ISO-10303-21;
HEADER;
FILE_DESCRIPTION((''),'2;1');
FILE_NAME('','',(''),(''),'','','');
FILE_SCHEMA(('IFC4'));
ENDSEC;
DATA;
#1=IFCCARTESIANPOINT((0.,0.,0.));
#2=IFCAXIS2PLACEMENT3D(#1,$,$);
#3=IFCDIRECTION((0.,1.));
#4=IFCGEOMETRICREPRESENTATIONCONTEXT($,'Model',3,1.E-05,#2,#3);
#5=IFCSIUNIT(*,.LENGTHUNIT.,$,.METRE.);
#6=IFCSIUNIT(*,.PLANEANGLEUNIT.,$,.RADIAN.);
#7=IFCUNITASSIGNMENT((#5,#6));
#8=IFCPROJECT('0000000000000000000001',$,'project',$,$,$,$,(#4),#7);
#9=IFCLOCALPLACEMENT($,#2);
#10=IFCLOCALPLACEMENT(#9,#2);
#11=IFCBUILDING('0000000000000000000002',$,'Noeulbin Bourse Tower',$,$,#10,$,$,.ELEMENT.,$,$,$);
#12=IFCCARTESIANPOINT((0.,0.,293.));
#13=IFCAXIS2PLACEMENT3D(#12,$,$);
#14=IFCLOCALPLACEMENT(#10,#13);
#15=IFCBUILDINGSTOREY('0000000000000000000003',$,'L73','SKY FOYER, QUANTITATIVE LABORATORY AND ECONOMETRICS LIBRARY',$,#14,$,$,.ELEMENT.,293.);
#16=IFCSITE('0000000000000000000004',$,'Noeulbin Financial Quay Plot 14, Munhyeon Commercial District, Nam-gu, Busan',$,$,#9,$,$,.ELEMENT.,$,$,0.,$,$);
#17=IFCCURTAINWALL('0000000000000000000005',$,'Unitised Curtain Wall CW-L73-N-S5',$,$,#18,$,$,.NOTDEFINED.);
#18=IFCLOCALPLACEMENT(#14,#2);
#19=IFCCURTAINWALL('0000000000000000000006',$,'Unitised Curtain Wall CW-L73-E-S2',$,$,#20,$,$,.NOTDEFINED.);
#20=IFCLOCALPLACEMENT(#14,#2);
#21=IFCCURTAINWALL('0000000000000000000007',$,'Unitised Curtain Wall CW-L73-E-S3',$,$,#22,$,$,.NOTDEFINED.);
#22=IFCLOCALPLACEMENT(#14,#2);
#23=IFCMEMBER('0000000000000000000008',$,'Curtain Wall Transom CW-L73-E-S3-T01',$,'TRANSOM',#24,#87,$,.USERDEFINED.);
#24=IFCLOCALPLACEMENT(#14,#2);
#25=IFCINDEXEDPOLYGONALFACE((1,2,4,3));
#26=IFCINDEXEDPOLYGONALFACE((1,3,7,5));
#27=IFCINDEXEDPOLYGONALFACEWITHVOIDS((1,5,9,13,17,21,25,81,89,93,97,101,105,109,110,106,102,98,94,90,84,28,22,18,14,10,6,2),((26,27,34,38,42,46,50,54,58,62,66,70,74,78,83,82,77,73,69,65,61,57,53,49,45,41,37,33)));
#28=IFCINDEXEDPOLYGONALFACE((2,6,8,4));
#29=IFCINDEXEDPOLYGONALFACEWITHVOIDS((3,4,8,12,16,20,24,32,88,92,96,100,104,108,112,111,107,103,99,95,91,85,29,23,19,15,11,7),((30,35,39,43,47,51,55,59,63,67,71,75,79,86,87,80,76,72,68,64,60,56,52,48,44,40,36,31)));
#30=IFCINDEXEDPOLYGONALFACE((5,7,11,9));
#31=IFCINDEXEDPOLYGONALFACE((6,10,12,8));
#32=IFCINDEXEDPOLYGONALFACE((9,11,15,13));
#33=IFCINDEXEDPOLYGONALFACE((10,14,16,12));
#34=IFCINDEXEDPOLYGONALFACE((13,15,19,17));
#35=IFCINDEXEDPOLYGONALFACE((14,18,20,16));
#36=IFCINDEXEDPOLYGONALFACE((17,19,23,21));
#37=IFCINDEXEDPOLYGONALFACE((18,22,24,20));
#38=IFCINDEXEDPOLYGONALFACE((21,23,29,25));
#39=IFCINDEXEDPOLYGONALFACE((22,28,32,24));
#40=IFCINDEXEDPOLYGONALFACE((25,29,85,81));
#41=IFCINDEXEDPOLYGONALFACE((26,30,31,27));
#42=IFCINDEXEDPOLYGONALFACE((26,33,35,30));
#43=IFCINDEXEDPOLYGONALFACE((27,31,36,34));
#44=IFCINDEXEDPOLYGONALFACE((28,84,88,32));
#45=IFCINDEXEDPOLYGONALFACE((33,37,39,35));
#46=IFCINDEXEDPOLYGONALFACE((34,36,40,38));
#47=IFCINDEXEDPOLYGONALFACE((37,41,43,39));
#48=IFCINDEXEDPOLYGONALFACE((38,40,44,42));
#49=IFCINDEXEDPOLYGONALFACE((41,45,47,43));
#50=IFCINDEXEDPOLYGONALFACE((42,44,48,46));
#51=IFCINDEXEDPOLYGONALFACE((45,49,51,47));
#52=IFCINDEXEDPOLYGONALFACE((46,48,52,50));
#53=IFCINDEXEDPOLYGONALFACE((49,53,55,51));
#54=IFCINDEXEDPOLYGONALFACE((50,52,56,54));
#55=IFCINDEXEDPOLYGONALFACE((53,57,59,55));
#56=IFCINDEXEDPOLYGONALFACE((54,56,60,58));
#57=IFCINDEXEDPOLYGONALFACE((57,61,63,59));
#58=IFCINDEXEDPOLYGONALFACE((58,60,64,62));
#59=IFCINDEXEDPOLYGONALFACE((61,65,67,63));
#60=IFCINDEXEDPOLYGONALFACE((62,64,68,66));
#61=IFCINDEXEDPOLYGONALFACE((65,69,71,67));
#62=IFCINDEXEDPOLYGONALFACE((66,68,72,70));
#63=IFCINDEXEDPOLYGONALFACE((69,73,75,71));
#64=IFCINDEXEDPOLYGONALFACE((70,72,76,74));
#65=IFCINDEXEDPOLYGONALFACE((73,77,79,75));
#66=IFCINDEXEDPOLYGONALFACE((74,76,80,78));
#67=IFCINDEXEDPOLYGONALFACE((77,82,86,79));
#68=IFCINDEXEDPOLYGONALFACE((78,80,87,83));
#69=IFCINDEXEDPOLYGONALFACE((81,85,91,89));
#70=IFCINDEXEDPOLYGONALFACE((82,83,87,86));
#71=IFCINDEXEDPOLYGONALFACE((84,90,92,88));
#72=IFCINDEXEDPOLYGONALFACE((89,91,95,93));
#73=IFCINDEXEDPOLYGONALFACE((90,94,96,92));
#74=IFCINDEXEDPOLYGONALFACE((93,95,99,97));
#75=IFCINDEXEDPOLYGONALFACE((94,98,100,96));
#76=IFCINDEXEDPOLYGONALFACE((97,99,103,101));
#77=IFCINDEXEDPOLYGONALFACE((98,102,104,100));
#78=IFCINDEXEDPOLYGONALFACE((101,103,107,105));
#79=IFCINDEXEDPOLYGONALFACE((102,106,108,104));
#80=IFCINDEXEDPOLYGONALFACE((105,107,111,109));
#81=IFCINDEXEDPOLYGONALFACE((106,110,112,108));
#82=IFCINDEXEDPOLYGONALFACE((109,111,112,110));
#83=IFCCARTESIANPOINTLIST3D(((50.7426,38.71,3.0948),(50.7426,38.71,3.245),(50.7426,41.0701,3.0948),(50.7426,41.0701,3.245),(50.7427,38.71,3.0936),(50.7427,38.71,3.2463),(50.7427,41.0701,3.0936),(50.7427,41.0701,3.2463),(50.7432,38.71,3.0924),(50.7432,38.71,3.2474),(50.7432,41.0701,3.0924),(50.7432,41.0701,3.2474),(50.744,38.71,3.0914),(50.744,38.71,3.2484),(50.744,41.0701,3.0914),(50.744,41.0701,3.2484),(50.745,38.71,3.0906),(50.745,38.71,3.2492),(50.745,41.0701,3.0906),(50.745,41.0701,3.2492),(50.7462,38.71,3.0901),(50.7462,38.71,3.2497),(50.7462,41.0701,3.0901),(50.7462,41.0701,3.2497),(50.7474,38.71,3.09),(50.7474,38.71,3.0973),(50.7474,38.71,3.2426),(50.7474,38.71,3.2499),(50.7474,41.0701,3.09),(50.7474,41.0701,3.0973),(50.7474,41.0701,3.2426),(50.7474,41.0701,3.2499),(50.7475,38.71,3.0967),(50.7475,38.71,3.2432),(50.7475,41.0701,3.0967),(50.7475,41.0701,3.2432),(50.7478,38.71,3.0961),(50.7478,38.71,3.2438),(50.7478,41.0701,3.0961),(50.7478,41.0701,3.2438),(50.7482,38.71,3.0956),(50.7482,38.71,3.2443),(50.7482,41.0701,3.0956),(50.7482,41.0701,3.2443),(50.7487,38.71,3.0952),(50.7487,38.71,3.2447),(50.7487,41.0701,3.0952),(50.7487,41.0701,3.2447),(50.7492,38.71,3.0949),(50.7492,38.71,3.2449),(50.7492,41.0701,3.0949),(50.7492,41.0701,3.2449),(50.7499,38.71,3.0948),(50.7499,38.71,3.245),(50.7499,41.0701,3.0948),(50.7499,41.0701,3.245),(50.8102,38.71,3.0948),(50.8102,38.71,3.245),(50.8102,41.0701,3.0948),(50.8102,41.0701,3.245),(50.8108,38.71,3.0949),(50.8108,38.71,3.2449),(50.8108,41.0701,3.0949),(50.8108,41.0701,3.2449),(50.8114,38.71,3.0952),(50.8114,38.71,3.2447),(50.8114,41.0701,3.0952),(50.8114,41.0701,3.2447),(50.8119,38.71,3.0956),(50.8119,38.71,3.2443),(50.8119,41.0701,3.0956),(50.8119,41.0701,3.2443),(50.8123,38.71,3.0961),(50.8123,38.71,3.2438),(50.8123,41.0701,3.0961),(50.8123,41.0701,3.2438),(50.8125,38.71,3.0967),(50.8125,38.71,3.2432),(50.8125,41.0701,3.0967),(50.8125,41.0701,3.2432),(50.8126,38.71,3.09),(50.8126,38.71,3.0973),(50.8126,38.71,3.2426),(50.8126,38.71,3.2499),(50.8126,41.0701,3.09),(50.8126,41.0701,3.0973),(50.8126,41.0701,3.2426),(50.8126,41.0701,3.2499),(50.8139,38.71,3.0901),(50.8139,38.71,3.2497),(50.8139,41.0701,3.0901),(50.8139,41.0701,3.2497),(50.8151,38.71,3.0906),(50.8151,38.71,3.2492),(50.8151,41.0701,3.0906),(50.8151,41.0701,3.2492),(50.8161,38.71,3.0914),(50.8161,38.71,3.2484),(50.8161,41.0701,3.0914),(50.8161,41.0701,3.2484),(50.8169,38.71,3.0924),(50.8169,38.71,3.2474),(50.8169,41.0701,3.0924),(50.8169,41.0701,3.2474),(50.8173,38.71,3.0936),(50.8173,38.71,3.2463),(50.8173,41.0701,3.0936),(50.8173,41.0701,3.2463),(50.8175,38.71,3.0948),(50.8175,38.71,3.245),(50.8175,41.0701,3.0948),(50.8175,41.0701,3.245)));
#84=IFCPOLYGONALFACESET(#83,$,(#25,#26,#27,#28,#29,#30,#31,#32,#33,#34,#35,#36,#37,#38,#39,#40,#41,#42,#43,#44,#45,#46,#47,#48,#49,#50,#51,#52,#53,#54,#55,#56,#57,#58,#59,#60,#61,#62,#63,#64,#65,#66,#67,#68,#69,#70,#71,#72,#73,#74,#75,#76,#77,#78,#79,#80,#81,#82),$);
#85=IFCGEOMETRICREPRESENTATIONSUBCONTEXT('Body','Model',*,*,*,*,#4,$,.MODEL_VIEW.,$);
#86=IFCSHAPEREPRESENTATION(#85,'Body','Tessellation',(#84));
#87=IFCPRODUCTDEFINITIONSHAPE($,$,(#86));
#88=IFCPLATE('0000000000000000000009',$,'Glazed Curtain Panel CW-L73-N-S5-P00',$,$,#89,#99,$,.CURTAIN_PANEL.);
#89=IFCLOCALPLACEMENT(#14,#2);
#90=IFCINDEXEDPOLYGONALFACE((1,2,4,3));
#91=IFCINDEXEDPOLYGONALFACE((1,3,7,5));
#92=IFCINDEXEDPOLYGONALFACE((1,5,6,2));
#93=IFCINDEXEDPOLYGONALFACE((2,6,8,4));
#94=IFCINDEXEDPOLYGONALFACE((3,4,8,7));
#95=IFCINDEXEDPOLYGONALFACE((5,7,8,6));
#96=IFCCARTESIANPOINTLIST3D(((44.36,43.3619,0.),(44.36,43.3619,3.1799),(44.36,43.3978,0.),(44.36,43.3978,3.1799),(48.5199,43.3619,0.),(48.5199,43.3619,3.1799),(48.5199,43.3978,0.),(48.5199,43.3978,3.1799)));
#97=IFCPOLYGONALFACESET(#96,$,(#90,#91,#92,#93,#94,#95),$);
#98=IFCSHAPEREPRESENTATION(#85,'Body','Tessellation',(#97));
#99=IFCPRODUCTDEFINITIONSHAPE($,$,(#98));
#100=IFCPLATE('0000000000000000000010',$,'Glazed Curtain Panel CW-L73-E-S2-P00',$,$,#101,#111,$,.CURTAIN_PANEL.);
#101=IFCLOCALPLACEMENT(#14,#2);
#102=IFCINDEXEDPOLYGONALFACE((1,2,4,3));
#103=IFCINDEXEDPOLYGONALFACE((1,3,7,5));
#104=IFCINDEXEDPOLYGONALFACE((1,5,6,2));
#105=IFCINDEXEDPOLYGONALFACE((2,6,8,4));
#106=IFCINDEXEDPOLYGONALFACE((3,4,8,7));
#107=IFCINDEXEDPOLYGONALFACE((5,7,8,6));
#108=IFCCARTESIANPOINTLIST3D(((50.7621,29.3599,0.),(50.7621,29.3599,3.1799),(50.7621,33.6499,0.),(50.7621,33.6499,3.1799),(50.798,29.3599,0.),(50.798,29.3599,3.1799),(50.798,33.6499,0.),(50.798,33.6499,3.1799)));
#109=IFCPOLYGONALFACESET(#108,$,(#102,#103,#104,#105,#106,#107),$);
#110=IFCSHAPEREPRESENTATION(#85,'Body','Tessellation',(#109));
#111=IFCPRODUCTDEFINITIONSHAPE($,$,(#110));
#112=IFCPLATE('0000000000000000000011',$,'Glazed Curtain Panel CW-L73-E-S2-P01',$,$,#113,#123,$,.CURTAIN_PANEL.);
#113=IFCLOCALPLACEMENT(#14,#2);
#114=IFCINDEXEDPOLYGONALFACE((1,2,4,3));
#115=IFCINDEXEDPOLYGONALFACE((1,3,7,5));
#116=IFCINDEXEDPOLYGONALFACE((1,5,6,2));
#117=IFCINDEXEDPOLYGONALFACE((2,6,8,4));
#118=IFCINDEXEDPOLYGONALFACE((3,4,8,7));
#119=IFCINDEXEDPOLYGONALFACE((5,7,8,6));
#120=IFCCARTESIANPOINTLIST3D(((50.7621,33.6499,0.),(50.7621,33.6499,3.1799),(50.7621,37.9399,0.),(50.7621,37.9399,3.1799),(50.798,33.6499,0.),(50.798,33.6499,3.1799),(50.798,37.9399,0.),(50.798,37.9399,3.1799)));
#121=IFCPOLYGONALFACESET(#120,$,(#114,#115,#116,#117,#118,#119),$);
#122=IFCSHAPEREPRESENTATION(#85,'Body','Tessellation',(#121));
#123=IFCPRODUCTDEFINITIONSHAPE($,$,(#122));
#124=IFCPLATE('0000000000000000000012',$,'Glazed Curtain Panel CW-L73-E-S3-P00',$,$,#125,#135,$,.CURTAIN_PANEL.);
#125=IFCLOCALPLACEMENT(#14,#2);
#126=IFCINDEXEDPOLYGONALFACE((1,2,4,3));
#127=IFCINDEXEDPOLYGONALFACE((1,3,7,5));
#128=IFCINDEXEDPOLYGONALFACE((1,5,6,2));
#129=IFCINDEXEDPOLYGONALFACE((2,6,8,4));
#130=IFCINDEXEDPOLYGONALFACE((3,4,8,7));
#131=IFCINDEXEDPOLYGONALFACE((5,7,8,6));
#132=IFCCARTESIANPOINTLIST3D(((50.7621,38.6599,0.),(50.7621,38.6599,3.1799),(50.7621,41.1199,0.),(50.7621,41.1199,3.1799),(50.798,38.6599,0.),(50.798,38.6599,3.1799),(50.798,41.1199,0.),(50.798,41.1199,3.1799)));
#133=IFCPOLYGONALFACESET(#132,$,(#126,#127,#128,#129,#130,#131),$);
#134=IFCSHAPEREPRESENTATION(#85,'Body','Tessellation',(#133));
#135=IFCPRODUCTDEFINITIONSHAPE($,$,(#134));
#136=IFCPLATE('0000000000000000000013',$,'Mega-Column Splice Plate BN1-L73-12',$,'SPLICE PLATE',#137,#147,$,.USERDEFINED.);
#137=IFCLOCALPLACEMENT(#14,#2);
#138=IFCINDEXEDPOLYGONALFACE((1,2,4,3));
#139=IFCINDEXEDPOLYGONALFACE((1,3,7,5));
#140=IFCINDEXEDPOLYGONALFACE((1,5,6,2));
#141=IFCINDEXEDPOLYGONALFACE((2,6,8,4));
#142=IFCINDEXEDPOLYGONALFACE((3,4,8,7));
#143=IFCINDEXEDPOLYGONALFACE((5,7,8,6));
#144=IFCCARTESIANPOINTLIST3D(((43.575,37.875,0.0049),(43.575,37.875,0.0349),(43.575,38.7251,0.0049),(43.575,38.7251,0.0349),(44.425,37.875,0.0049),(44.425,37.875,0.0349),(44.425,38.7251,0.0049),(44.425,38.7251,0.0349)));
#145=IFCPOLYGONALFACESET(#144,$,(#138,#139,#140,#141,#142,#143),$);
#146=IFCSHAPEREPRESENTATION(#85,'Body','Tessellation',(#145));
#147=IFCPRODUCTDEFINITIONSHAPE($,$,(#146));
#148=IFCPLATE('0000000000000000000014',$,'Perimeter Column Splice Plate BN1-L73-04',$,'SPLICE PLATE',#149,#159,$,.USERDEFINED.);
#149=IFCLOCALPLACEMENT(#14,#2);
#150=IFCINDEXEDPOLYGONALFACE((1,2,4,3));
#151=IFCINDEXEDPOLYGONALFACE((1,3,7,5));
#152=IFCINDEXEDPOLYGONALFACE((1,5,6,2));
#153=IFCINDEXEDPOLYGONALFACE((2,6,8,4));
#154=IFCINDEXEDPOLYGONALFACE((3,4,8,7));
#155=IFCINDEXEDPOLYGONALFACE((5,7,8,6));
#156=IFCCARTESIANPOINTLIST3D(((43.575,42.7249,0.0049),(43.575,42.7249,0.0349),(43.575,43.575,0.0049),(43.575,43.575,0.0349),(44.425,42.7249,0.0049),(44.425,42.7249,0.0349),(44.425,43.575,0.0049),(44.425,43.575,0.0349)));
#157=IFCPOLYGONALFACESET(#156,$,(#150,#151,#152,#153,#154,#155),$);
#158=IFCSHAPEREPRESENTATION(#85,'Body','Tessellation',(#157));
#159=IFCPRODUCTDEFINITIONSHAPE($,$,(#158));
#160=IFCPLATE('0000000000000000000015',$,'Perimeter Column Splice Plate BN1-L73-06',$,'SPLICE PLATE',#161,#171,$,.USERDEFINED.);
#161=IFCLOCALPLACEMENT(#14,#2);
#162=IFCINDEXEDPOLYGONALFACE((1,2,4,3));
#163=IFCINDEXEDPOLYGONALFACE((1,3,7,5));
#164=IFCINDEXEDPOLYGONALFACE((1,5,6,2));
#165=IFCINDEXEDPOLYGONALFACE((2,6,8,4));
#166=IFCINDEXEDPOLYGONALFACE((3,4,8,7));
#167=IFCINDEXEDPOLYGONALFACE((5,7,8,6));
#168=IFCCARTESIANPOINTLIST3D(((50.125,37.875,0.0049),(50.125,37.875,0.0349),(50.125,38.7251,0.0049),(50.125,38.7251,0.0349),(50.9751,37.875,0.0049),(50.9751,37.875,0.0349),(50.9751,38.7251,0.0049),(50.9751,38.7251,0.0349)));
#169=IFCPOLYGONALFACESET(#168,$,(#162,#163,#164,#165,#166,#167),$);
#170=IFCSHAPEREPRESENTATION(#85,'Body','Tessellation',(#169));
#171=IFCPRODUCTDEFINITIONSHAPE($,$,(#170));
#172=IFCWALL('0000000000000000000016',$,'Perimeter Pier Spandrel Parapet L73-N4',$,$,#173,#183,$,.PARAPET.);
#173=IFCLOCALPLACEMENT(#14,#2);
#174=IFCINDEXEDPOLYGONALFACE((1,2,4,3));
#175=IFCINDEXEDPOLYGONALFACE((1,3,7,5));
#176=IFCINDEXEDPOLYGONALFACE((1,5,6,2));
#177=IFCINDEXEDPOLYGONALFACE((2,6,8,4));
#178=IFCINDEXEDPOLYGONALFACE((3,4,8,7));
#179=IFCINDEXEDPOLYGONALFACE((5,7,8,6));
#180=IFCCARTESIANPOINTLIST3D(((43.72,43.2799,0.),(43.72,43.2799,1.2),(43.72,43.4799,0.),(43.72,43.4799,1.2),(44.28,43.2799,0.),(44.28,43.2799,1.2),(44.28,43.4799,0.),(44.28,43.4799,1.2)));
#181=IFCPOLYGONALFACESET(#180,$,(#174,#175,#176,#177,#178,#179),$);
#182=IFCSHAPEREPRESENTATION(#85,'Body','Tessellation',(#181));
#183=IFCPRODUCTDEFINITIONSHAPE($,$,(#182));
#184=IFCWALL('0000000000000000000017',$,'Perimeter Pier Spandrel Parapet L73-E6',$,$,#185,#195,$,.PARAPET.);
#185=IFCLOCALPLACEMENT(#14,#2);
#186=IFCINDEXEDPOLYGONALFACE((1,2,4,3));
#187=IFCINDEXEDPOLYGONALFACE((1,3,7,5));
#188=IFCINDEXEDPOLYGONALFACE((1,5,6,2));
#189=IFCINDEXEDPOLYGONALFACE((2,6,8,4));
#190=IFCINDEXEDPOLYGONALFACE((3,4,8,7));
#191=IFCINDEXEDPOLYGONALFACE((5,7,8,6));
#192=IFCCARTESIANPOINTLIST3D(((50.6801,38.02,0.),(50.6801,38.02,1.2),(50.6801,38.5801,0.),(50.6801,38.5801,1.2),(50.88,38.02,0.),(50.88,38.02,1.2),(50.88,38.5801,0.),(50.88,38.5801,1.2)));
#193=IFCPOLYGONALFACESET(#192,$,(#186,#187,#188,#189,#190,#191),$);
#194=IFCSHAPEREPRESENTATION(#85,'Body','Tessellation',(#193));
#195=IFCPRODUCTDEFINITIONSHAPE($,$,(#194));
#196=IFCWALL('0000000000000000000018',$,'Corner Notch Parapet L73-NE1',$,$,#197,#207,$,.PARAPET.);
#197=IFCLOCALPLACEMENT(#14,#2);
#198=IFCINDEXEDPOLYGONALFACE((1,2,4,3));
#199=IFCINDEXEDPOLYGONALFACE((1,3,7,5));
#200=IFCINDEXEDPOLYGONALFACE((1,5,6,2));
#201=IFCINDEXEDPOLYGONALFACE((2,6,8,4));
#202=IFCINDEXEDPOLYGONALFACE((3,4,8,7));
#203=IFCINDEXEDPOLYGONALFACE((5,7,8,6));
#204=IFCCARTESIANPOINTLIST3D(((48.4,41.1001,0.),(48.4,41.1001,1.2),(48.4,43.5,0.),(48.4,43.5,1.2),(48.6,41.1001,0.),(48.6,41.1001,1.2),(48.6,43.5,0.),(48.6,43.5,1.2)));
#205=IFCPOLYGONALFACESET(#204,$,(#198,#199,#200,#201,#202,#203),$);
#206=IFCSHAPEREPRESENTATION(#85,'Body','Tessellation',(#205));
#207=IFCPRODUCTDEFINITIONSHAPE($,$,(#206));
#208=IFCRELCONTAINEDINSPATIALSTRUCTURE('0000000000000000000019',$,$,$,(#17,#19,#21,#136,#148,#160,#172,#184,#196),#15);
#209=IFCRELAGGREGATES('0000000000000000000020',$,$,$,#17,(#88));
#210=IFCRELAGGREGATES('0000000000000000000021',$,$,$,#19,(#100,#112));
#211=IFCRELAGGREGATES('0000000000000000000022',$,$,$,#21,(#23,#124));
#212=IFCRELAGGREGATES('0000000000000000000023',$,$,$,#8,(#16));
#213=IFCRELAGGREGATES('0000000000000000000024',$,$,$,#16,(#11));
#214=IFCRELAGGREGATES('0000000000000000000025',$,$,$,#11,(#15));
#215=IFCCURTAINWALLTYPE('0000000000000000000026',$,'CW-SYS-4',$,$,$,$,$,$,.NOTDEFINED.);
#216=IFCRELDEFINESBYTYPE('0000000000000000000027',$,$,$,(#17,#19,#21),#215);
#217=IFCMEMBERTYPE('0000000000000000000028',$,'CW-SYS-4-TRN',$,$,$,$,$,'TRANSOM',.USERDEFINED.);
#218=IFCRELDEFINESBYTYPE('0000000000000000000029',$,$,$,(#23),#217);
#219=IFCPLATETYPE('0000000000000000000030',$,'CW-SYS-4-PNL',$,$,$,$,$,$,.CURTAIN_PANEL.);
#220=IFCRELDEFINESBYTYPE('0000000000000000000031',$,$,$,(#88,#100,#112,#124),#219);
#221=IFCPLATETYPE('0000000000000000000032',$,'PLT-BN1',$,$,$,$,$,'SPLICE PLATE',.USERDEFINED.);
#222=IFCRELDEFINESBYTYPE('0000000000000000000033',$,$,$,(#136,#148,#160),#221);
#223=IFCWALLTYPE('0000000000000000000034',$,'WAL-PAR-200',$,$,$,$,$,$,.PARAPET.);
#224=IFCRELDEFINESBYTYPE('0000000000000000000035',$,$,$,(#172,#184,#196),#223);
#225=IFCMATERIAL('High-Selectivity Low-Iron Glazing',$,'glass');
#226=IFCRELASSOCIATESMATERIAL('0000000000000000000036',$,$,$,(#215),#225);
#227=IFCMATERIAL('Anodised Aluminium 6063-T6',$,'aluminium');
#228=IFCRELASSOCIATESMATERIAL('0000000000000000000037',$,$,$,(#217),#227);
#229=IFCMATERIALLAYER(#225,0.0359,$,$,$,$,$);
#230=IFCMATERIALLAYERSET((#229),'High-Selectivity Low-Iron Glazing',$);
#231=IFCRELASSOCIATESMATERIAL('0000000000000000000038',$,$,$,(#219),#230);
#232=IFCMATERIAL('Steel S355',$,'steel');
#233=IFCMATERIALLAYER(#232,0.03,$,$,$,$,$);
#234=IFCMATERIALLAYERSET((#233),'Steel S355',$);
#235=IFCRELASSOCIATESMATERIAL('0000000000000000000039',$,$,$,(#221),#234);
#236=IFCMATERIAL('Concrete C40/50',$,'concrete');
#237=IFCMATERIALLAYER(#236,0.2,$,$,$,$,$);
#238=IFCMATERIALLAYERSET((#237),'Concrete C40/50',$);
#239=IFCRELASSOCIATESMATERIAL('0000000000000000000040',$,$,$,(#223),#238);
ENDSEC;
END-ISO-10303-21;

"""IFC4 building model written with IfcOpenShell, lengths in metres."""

from ifc_helpers import new_model, si_unit, direction, frame, frame_2d, origin, origin_2d, place, context, subcontext, project, spatial, rectangle, hollow_rectangle, extrude, material, layer, layer_set, material_profile, profile_set, type_object, element, aggregate, save


model = new_model("IFC4")

# Units and contexts
model_context = context("Model", 3, precision=1e-05, world=origin(), true_north=direction((0.0, 1.0)))
body_context = subcontext(model_context, "Body", "Model", "MODEL_VIEW")
ifc_project = project(units=[si_unit("LENGTHUNIT", "METRE"), si_unit("PLANEANGLEUNIT", "RADIAN")], contexts=[model_context])

# Site, building, storey
site_placement = place(None, origin())
site = spatial("IfcSite", under=ifc_project, at=site_placement, Name="Noeulbin Financial Quay Plot 14, Munhyeon Commercial District, Nam-gu, Busan", CompositionType="ELEMENT", RefElevation=0.0)
building_placement = place(site_placement, origin())
building = spatial("IfcBuilding", under=site, at=building_placement, Name="Noeulbin Bourse Tower", CompositionType="ELEMENT")
storey_placement = place(building_placement, frame((0.0, 0.0, 293.0)))
storey = spatial("IfcBuildingStorey", under=building, at=storey_placement, Name="L73", Description="SKY FOYER, QUANTITATIVE LABORATORY AND ECONOMETRICS LIBRARY", CompositionType="ELEMENT", Elevation=293.0)

# Shared definitions
ifc_material_1 = material(Name="Steel S355", Category="steel")

# Shared definitions
ifc_material_2 = material(Name="High-Selectivity Low-Iron Glazing", Category="glass")
curtain_wall_type = type_object("IfcCurtainWallType", Name="CW-SYS-4", PredefinedType="NOTDEFINED", material=ifc_material_2)
ifc_material_3 = material(Name="Anodised Aluminium 6063-T6", Category="aluminium")

# Curtain walls
curtain_wall_1_placement = place(storey_placement, origin())
curtain_wall_1 = element("IfcCurtainWall", 1, at=curtain_wall_1_placement, inside=storey, type_object=curtain_wall_type, Name="Unitised Curtain Wall CW-L73-N-S5", PredefinedType="NOTDEFINED")
curtain_wall_2_placement = place(storey_placement, origin())
curtain_wall_2 = element("IfcCurtainWall", 2, at=curtain_wall_2_placement, inside=storey, type_object=curtain_wall_type, Name="Unitised Curtain Wall CW-L73-E-S2", PredefinedType="NOTDEFINED")
curtain_wall_3_placement = place(storey_placement, origin())
curtain_wall_3 = element("IfcCurtainWall", 3, at=curtain_wall_3_placement, inside=storey, type_object=curtain_wall_type, Name="Unitised Curtain Wall CW-L73-E-S3", PredefinedType="NOTDEFINED")

# Member
ifc_material_profile_1 = material_profile(ifc_material_3, hollow_rectangle(XDim=0.075, YDim=0.1599, WallThickness=0.0049, InnerFilletRadius=0.0024, OuterFilletRadius=0.0049, at=origin_2d()), Name="ALU-TRAN-75x160x5", Category="LoadBearing")
ifc_profile_set_1 = profile_set([ifc_material_profile_1], Name="Anodised Aluminium 6063-T6")
member_type_1 = type_object("IfcMemberType", Name="CW-SYS-4-TRN", ElementType="TRANSOM", PredefinedType="USERDEFINED", material=ifc_profile_set_1)
member_1_placement = place(storey_placement, frame((50.78, 38.71, 3.1699), z_axis=(0.0, 1.0, 0.0), x_axis=(-1.0, 0.0, 0.0)))
member_1 = element("IfcMember", 4, at=member_1_placement, type_object=member_type_1, Name="Curtain Wall Transom CW-L73-E-S3-T01", ObjectType="TRANSOM", PredefinedType="USERDEFINED", context=body_context, shape_type="SweptSolid", body=[
    extrude(hollow_rectangle(XDim=0.075, YDim=0.1599, WallThickness=0.0049, InnerFilletRadius=0.0024, OuterFilletRadius=0.0049, at=origin_2d()), origin(), (0.0, 0.0, 1.0), 2.3601),
])

# Plates
ifc_layer_1 = layer(ifc_material_2, 0.0359)
ifc_layer_set_1 = layer_set([ifc_layer_1], Name="High-Selectivity Low-Iron Glazing")
plate_type_1 = type_object("IfcPlateType", Name="CW-SYS-4-PNL", PredefinedType="CURTAIN_PANEL", material=ifc_layer_set_1)
plate_1_placement = place(storey_placement, frame((46.4399, 43.3799, 0.0), z_axis=(0.0, 0.0, 1.0), x_axis=(1.0, 0.0, 0.0)))
plate_1 = element("IfcPlate", 5, at=plate_1_placement, type_object=plate_type_1, Name="Glazed Curtain Panel CW-L73-N-S5-P00", PredefinedType="CURTAIN_PANEL", context=body_context, shape_type="SweptSolid", body=[
    extrude(rectangle(XDim=4.1599, YDim=0.0359, at=origin_2d()), origin(), (0.0, 0.0, 1.0), 3.1799),
])
aggregate(curtain_wall_1, [plate_1])
plate_2_placement = place(storey_placement, frame((50.78, 31.5049, 0.0), z_axis=(0.0, 0.0, 1.0), x_axis=(0.0, 1.0, 0.0)))
plate_2 = element("IfcPlate", 6, at=plate_2_placement, type_object=plate_type_1, Name="Glazed Curtain Panel CW-L73-E-S2-P00", PredefinedType="CURTAIN_PANEL", context=body_context, shape_type="SweptSolid", body=[
    extrude(rectangle(XDim=4.29, YDim=0.0359, at=origin_2d()), origin(), (0.0, 0.0, 1.0), 3.1799),
])
plate_3_placement = place(storey_placement, frame((50.78, 35.7949, 0.0), z_axis=(0.0, 0.0, 1.0), x_axis=(0.0, 1.0, 0.0)))
plate_3 = element("IfcPlate", 7, at=plate_3_placement, type_object=plate_type_1, Name="Glazed Curtain Panel CW-L73-E-S2-P01", PredefinedType="CURTAIN_PANEL", context=body_context, shape_type="SweptSolid", body=[
    extrude(rectangle(XDim=4.29, YDim=0.0359, at=origin_2d()), origin(), (0.0, 0.0, 1.0), 3.1799),
])
aggregate(curtain_wall_2, [plate_2, plate_3])
plate_4_placement = place(storey_placement, frame((50.78, 39.8899, 0.0), z_axis=(0.0, 0.0, 1.0), x_axis=(0.0, 1.0, 0.0)))
plate_4 = element("IfcPlate", 8, at=plate_4_placement, type_object=plate_type_1, Name="Glazed Curtain Panel CW-L73-E-S3-P00", PredefinedType="CURTAIN_PANEL", context=body_context, shape_type="SweptSolid", body=[
    extrude(rectangle(XDim=2.46, YDim=0.0359, at=origin_2d()), origin(), (0.0, 0.0, 1.0), 3.1799),
])
aggregate(curtain_wall_3, [member_1, plate_4])

# Plates
ifc_layer_2 = layer(ifc_material_1, 0.03)
ifc_layer_set_2 = layer_set([ifc_layer_2], Name="Steel S355")
plate_type_2 = type_object("IfcPlateType", Name="PLT-BN1", ElementType="SPLICE PLATE", PredefinedType="USERDEFINED", material=ifc_layer_set_2)
for number, where, z_axis, x_axis, name in (
    (9, (44.0, 38.3, 0.0049), (0.0, 0.0, 1.0), (1.0, 0.0, 0.0), "Mega-Column Splice Plate BN1-L73-12"),
    (10, (44.0, 43.1499, 0.0049), (0.0, 0.0, 1.0), (1.0, 0.0, 0.0), "Perimeter Column Splice Plate BN1-L73-04"),
    (11, (50.55, 38.3, 0.0049), (0.0, 0.0, 1.0), (1.0, 0.0, 0.0), "Perimeter Column Splice Plate BN1-L73-06"),
):
    element("IfcPlate", number, at=place(storey_placement, frame(where, z_axis=z_axis, x_axis=x_axis)), inside=storey, type_object=plate_type_2, Name=name, ObjectType="SPLICE PLATE", PredefinedType="USERDEFINED", context=body_context, shape_type="SweptSolid", body=[
        extrude(rectangle(XDim=0.8501, YDim=0.8501, at=origin_2d()), origin(), (0.0, 0.0, 1.0), 0.03),
    ])

# Walls
ifc_material_4 = material(Name="Concrete C40/50", Category="concrete")
ifc_layer_3 = layer(ifc_material_4, 0.2)
ifc_layer_set_3 = layer_set([ifc_layer_3], Name="Concrete C40/50")
wall_type = type_object("IfcWallType", Name="WAL-PAR-200", PredefinedType="PARAPET", material=ifc_layer_set_3)
for number, where, z_axis, x_axis, name in (
    (12, (43.72, 43.3799, 0.0), (0.0, 0.0, 1.0), (1.0, 0.0, 0.0), "Perimeter Pier Spandrel Parapet L73-N4"),
    (13, (50.78, 38.02, 0.0), (0.0, 0.0, 1.0), (0.0, 1.0, 0.0), "Perimeter Pier Spandrel Parapet L73-E6"),
):
    element("IfcWall", number, at=place(storey_placement, frame(where, z_axis=z_axis, x_axis=x_axis)), inside=storey, type_object=wall_type, Name=name, PredefinedType="PARAPET", context=body_context, shape_type="SweptSolid", body=[
        extrude(rectangle(XDim=0.5601, YDim=0.2, at=frame_2d((0.28, 0.0))), origin(), (0.0, 0.0, 1.0), 1.2),
    ])
for number, where, z_axis, x_axis, name in (
    (14, (48.5, 43.5, 0.0), (0.0, 0.0, 1.0), (0.0, -1.0, 0.0), "Corner Notch Parapet L73-NE1"),
):
    element("IfcWall", number, at=place(storey_placement, frame(where, z_axis=z_axis, x_axis=x_axis)), inside=storey, type_object=wall_type, Name=name, PredefinedType="PARAPET", context=body_context, shape_type="SweptSolid", body=[
        extrude(rectangle(XDim=2.3999, YDim=0.2, at=frame_2d((1.2, 0.0))), origin(), (0.0, 0.0, 1.0), 1.2),
    ])

save(model, "model.ifc")
